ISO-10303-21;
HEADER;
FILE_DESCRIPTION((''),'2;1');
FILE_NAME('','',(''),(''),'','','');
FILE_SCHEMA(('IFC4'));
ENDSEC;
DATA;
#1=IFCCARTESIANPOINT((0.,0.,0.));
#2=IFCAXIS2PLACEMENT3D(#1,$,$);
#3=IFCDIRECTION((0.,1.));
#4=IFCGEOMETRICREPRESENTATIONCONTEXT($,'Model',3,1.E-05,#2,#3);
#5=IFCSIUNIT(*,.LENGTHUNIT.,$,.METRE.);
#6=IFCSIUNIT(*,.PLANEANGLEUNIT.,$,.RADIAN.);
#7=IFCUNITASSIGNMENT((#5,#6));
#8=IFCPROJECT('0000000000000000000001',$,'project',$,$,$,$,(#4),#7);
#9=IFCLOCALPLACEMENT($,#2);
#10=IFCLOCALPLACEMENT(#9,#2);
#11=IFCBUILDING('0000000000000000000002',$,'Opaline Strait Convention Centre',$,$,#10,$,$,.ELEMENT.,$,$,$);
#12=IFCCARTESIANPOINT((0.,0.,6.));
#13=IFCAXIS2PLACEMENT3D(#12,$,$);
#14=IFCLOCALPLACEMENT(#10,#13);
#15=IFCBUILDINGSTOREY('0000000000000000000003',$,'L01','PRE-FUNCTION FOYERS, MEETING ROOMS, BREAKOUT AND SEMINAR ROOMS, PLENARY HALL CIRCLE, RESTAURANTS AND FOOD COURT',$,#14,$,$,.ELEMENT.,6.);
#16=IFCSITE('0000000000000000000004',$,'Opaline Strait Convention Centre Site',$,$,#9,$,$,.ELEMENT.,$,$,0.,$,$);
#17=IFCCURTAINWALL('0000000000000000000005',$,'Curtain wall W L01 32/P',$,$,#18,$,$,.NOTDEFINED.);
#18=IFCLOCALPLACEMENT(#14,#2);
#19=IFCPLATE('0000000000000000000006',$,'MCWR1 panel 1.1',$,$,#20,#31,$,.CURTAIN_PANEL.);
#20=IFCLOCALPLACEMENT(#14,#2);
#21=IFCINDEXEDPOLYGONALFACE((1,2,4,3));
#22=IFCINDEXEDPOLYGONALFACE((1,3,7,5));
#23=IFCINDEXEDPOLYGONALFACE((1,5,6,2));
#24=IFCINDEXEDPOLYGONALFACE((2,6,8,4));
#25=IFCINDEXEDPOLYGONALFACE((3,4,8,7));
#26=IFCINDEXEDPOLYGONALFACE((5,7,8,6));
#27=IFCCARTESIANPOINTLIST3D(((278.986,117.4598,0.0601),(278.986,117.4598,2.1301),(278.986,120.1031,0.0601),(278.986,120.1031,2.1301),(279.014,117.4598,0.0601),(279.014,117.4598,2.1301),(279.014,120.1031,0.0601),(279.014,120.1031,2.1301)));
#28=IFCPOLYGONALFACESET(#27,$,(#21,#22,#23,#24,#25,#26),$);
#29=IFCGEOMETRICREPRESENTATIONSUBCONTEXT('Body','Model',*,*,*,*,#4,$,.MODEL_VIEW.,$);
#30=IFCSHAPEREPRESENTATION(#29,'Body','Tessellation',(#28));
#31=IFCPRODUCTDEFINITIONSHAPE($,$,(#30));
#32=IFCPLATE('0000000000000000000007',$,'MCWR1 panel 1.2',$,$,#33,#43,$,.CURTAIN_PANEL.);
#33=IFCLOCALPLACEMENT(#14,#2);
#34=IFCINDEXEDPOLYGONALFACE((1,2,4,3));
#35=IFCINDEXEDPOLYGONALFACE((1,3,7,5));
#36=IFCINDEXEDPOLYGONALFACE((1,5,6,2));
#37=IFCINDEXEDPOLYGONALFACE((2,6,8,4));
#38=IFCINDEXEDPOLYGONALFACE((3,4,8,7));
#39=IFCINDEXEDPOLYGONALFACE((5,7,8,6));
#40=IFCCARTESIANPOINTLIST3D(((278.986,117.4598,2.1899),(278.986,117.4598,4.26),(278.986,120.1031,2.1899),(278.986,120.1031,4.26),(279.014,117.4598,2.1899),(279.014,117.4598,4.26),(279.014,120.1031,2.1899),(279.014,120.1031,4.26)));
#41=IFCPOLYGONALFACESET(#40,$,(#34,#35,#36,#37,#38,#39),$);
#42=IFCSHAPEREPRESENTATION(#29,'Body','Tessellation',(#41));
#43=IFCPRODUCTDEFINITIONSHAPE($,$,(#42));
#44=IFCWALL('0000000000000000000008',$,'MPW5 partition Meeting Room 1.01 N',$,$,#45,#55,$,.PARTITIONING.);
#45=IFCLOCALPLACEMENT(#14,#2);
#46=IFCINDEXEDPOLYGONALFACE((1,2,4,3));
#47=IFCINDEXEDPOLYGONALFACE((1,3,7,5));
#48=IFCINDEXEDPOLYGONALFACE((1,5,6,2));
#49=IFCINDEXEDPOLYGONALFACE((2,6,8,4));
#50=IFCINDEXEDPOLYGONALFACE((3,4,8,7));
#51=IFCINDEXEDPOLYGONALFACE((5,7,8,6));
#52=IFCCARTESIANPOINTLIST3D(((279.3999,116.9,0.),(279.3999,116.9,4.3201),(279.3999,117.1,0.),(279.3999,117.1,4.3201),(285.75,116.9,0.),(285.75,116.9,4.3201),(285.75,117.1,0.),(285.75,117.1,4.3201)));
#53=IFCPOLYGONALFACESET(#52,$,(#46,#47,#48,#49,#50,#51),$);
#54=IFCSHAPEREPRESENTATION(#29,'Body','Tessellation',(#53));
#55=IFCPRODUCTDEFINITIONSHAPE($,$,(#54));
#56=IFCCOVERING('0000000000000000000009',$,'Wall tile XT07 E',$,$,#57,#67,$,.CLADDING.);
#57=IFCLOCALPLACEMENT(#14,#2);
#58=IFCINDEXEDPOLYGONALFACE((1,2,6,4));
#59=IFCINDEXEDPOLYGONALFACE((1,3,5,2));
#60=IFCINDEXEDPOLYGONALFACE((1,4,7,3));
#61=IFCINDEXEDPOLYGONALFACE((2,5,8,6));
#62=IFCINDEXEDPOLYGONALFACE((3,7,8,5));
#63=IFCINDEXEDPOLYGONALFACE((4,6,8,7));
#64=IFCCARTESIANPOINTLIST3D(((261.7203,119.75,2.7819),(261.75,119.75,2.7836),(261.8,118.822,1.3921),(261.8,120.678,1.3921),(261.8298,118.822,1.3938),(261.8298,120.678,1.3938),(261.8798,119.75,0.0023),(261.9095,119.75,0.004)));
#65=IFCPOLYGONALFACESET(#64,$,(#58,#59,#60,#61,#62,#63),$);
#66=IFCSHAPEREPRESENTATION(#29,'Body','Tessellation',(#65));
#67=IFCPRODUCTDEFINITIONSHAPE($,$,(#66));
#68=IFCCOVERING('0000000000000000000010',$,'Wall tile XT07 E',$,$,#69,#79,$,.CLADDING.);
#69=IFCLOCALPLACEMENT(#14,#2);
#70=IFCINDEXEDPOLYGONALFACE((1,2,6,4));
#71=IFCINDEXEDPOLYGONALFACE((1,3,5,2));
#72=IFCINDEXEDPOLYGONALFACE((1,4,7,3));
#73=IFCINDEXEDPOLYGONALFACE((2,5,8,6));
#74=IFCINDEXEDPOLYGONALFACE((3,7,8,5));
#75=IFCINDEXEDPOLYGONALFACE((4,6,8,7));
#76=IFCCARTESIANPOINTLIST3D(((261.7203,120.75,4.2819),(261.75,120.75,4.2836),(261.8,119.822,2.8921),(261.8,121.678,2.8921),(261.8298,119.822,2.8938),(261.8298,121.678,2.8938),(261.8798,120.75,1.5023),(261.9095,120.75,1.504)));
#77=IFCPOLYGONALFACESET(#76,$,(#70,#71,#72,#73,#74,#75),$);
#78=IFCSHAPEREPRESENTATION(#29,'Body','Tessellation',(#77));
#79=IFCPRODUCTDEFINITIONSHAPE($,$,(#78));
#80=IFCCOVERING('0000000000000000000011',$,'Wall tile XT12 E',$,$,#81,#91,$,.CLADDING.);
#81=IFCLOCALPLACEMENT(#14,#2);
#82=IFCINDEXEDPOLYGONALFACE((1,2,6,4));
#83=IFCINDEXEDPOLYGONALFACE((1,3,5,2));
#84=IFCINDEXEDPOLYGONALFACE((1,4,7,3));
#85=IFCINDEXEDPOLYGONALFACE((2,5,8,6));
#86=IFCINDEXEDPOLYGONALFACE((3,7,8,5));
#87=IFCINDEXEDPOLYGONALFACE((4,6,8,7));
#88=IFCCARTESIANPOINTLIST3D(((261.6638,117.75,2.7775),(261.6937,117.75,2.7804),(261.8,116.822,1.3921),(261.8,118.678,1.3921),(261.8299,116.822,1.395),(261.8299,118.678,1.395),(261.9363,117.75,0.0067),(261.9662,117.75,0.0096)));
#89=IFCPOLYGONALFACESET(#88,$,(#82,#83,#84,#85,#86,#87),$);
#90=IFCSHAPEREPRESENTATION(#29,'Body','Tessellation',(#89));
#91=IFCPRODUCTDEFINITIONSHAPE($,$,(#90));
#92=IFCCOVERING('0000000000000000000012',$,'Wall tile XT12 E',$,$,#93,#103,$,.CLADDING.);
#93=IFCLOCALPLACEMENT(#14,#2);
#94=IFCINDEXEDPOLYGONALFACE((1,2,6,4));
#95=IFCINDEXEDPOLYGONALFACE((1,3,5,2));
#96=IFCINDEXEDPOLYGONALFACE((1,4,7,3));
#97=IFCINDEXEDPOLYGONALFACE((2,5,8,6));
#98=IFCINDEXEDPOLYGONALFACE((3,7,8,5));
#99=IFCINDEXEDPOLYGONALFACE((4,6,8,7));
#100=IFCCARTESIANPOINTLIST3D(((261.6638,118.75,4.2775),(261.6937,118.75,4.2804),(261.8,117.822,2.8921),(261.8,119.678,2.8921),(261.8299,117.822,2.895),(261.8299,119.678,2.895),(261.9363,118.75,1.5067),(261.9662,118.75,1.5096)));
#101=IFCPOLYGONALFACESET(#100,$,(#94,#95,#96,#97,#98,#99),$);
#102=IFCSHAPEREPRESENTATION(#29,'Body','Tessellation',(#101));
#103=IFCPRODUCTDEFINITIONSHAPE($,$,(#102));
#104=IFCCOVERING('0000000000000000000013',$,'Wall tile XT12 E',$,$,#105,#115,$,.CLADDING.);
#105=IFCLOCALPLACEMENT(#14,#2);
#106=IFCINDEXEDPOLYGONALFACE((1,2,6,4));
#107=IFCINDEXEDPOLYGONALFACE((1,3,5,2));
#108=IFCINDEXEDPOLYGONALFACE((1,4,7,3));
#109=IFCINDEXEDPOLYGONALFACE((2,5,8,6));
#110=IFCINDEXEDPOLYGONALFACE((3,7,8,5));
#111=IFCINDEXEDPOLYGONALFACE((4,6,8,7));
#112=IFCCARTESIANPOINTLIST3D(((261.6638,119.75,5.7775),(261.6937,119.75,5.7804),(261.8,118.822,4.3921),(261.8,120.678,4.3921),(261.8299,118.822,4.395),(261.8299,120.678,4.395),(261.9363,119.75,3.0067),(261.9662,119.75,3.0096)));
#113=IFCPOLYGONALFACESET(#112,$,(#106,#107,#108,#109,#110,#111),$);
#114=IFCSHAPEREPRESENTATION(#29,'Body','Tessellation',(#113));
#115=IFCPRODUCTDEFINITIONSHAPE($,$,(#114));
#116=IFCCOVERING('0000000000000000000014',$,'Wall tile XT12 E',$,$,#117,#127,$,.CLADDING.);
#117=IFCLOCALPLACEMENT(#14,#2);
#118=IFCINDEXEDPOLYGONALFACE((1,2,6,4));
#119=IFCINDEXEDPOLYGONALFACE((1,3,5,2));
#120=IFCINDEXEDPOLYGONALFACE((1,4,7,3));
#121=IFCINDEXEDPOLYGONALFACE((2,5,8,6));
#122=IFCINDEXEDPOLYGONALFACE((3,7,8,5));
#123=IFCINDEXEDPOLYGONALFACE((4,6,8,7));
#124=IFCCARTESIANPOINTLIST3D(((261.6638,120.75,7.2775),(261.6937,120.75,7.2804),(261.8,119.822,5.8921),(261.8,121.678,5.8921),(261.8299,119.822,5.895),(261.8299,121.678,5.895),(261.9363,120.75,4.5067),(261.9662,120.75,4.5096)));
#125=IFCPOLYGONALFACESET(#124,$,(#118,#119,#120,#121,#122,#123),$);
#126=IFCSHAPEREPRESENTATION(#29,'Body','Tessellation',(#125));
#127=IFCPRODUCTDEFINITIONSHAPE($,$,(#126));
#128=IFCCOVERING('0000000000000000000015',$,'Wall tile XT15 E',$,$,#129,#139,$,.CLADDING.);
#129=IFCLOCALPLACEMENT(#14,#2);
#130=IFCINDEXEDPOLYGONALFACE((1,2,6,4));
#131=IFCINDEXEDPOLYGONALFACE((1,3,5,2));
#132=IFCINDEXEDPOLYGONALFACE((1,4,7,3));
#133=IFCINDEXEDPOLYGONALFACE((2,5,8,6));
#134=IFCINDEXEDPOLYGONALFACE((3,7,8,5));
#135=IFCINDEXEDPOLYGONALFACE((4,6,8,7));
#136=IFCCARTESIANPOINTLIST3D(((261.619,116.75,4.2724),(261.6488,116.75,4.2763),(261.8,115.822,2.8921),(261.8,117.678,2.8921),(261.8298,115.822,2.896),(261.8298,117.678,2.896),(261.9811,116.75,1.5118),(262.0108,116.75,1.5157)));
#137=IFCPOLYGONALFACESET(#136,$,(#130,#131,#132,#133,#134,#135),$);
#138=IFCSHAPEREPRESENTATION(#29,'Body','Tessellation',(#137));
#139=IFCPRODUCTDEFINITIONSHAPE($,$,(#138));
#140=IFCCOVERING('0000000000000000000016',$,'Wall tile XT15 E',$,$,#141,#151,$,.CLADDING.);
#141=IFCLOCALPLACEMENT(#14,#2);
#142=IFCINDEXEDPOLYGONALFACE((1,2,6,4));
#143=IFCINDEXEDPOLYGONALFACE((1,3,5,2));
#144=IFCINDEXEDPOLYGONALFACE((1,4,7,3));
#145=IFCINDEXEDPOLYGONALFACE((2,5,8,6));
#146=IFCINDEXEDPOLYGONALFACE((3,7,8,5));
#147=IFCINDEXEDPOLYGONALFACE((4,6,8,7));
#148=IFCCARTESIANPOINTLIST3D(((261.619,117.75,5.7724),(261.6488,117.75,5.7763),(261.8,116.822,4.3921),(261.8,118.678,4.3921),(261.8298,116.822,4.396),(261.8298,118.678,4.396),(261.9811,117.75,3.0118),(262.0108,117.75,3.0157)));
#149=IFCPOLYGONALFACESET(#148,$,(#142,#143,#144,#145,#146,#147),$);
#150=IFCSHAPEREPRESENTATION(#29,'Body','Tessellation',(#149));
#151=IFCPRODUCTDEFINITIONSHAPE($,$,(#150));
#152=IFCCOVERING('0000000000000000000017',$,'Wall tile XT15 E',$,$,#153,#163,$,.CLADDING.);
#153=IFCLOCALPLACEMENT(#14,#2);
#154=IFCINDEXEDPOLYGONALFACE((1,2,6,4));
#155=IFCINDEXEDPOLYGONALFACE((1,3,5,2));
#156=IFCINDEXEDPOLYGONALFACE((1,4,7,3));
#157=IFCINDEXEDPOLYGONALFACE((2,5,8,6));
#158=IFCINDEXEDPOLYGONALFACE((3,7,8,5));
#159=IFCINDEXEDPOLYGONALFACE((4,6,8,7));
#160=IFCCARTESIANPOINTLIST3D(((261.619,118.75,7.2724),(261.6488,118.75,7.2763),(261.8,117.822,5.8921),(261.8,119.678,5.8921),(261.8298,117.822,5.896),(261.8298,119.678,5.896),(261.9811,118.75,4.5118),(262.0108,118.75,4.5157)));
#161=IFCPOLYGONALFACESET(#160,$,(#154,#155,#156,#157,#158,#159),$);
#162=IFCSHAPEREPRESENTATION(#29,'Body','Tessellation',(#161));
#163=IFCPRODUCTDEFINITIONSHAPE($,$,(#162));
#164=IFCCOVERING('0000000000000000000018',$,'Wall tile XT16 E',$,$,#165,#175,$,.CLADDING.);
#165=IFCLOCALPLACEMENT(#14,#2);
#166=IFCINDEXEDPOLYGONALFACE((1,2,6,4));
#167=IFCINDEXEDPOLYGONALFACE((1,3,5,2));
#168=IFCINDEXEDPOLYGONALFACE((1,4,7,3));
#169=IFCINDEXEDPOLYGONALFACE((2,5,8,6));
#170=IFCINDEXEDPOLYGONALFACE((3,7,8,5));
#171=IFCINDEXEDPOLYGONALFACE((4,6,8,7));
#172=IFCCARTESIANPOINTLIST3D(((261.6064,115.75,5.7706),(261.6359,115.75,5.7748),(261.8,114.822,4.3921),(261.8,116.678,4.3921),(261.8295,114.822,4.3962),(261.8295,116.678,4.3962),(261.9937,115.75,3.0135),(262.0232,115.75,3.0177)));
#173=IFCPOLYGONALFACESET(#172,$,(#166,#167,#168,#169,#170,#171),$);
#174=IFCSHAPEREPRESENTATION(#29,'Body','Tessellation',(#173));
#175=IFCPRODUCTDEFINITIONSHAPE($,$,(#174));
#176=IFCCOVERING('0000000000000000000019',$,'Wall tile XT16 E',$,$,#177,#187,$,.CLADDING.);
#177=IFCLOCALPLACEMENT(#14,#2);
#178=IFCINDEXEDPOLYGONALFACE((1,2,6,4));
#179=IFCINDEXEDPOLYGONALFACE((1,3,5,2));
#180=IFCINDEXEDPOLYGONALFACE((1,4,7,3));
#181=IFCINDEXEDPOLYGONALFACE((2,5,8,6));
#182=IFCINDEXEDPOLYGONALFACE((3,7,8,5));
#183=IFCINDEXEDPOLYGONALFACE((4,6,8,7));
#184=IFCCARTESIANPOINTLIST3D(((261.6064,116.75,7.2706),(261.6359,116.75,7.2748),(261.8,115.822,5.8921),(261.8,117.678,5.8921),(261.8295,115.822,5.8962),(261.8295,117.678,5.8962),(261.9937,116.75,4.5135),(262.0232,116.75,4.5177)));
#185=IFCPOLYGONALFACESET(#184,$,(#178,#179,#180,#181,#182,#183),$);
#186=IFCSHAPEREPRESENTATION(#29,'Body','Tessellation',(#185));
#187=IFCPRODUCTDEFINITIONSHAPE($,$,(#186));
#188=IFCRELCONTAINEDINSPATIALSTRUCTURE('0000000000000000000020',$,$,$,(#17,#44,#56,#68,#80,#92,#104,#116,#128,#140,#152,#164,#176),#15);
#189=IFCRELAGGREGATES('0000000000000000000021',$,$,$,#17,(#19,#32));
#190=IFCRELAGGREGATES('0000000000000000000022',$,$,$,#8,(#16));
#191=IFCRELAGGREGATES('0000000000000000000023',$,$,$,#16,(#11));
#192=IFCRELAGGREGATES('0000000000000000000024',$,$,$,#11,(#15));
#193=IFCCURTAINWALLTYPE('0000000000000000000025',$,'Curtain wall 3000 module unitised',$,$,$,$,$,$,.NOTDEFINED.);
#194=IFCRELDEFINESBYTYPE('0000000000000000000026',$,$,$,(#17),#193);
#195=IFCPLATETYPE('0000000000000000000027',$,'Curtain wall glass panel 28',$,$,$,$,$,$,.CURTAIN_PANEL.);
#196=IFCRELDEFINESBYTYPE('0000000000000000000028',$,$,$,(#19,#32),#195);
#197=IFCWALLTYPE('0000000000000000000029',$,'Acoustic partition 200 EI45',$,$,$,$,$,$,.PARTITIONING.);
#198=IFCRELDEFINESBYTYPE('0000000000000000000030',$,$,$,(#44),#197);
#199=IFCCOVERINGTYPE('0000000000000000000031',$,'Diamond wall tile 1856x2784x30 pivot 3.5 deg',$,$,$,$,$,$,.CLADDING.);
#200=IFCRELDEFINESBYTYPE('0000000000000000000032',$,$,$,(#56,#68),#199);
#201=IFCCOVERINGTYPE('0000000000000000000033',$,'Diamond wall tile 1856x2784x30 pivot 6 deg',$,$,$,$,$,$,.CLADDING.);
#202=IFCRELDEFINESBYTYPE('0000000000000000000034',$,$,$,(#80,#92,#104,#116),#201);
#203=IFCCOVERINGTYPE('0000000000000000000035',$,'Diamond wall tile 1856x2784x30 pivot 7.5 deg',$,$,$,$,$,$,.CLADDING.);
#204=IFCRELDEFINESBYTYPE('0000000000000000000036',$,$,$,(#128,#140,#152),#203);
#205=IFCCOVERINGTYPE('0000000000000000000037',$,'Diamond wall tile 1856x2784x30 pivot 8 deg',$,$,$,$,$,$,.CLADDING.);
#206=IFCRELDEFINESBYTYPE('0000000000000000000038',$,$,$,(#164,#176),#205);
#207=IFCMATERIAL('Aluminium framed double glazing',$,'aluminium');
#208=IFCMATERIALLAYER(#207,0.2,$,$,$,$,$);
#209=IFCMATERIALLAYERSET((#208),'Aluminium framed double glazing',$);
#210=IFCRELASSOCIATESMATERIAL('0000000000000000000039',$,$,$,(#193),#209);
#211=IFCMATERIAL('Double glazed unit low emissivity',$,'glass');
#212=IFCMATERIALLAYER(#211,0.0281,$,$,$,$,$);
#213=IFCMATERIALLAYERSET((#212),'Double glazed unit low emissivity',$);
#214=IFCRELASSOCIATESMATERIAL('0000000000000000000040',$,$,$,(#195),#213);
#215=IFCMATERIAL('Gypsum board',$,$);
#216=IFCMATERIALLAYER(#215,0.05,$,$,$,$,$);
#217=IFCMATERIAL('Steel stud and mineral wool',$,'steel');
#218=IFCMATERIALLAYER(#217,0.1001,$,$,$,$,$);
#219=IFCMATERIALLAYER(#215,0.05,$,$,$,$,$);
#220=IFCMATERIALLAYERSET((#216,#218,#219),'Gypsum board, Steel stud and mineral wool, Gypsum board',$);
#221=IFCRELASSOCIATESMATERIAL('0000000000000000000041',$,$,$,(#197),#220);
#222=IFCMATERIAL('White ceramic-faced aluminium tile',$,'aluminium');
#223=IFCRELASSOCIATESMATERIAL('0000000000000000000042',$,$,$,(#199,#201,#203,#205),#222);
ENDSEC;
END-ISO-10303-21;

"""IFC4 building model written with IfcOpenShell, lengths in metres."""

from ifc_helpers import new_model, si_unit, direction, frame, frame_2d, origin, origin_2d, place, context, subcontext, project, spatial, polyline, rectangle, outline, extrude, material, layer, layer_set, material_profile, profile_set, type_object, element, aggregate, save


model = new_model("IFC4")

# Units and contexts
model_context = context("Model", 3, precision=1e-05, world=origin(), true_north=direction((0.0, 1.0)))
body_context = subcontext(model_context, "Body", "Model", "MODEL_VIEW")
ifc_project = project(units=[si_unit("LENGTHUNIT", "METRE"), si_unit("PLANEANGLEUNIT", "RADIAN")], contexts=[model_context])

# Site, building, storey
site_placement = place(None, origin())
site = spatial("IfcSite", under=ifc_project, at=site_placement, Name="Opaline Strait Convention Centre Site", CompositionType="ELEMENT", RefElevation=0.0)
building_placement = place(site_placement, origin())
building = spatial("IfcBuilding", under=site, at=building_placement, Name="Opaline Strait Convention Centre", CompositionType="ELEMENT")
storey_placement = place(building_placement, frame((0.0, 0.0, 6.0)))
storey = spatial("IfcBuildingStorey", under=building, at=storey_placement, Name="L01", Description="PRE-FUNCTION FOYERS, MEETING ROOMS, BREAKOUT AND SEMINAR ROOMS, PLENARY HALL CIRCLE, RESTAURANTS AND FOOD COURT", CompositionType="ELEMENT", Elevation=6.0)

# Curtain wall
ifc_material_1 = material(Name="Aluminium framed double glazing", Category="aluminium")
ifc_layer_1 = layer(ifc_material_1, 0.2)
ifc_layer_set_1 = layer_set([ifc_layer_1], Name="Aluminium framed double glazing")
curtain_wall_type = type_object("IfcCurtainWallType", Name="Curtain wall 3000 module unitised", PredefinedType="NOTDEFINED", material=ifc_layer_set_1)
curtain_wall_placement = place(storey_placement, origin())
curtain_wall = element("IfcCurtainWall", 1, at=curtain_wall_placement, inside=storey, type_object=curtain_wall_type, Name="Curtain wall W L01 32/P", PredefinedType="NOTDEFINED")

# Plates
ifc_material_2 = material(Name="Double glazed unit low emissivity", Category="glass")
ifc_layer_2 = layer(ifc_material_2, 0.0281)
ifc_layer_set_2 = layer_set([ifc_layer_2], Name="Double glazed unit low emissivity")
plate_type = type_object("IfcPlateType", Name="Curtain wall glass panel 28", PredefinedType="CURTAIN_PANEL", material=ifc_layer_set_2)
plate_1_placement = place(storey_placement, frame((279.0, 118.7815, 0.0601), z_axis=(0.0, 0.0, 1.0), x_axis=(0.0, 1.0, 0.0)))
plate_1 = element("IfcPlate", 2, at=plate_1_placement, type_object=plate_type, Name="MCWR1 panel 1.1", PredefinedType="CURTAIN_PANEL", context=body_context, shape_type="SweptSolid", body=[
    extrude(rectangle(XDim=2.6433, YDim=0.0281, at=origin_2d()), origin(), (0.0, 0.0, 1.0), 2.0701),
])
plate_2_placement = place(storey_placement, frame((279.0, 118.7815, 2.1899), z_axis=(0.0, 0.0, 1.0), x_axis=(0.0, 1.0, 0.0)))
plate_2 = element("IfcPlate", 3, at=plate_2_placement, type_object=plate_type, Name="MCWR1 panel 1.2", PredefinedType="CURTAIN_PANEL", context=body_context, shape_type="SweptSolid", body=[
    extrude(rectangle(XDim=2.6433, YDim=0.0281, at=origin_2d()), origin(), (0.0, 0.0, 1.0), 2.0701),
])
aggregate(curtain_wall, [plate_1, plate_2])

# Wall
ifc_material_3 = material(Name="Gypsum board")
ifc_layer_3 = layer(ifc_material_3, 0.05)
ifc_material_4 = material(Name="Steel stud and mineral wool", Category="steel")
ifc_layer_4 = layer(ifc_material_4, 0.1001)
ifc_layer_5 = layer(ifc_material_3, 0.05)
ifc_layer_set_3 = layer_set([ifc_layer_3, ifc_layer_4, ifc_layer_5], Name="Gypsum board, Steel stud and mineral wool, Gypsum board")
wall_type = type_object("IfcWallType", Name="Acoustic partition 200 EI45", PredefinedType="PARTITIONING", material=ifc_layer_set_3)
wall_placement = place(storey_placement, frame((279.3999, 117.0, 0.0), z_axis=(0.0, 0.0, 1.0), x_axis=(1.0, 0.0, 0.0)))
element("IfcWall", 4, at=wall_placement, inside=storey, type_object=wall_type, Name="MPW5 partition Meeting Room 1.01 N", PredefinedType="PARTITIONING", context=body_context, shape_type="SweptSolid", body=[
    extrude(rectangle(XDim=6.3501, YDim=0.2, at=frame_2d((3.175, 0.0))), origin(), (0.0, 0.0, 1.0), 4.3201),
])

# Coverings
ifc_material_5 = material(Name="White ceramic-faced aluminium tile", Category="aluminium")
ifc_material_profile_1 = material_profile(ifc_material_5, outline(polyline([(0.928, 0.0), (0.0, 1.3921), (-0.928, 0.0), (0.0, -1.3921), (0.928, 0.0)])), Name="Diamond tile 1856x2784")
ifc_profile_set_1 = profile_set([ifc_material_profile_1], Name="White ceramic-faced aluminium tile")
covering_type_1 = type_object("IfcCoveringType", Name="Diamond wall tile 1856x2784x30 pivot 3.5 deg", PredefinedType="CLADDING", material=ifc_profile_set_1)
for number, where, z_axis, x_axis, name in (
    (5, (261.8, 119.75, 1.3921), (0.998358, 0.0, 0.057283), (0.0, 1.0, 0.0), "Wall tile XT07 E"),
    (6, (261.8, 120.75, 2.8921), (0.998358, 0.0, 0.057283), (0.0, 1.0, 0.0), "Wall tile XT07 E"),
):
    element("IfcCovering", number, at=place(storey_placement, frame(where, z_axis=z_axis, x_axis=x_axis)), inside=storey, type_object=covering_type_1, Name=name, PredefinedType="CLADDING", context=body_context, shape_type="SweptSolid", body=[
        extrude(outline(polyline([(0.928, 0.0), (0.0, 1.3921), (-0.928, 0.0), (0.0, -1.3921), (0.928, 0.0)])), origin(), (0.0, 0.0, 1.0), 0.0298),
    ])
ifc_material_profile_2 = material_profile(ifc_material_5, outline(polyline([(0.928, 0.0), (0.0, 1.3921), (-0.928, 0.0), (0.0, -1.3921), (0.928, 0.0)])), Name="Diamond tile 1856x2784")
ifc_profile_set_2 = profile_set([ifc_material_profile_2], Name="White ceramic-faced aluminium tile")
covering_type_2 = type_object("IfcCoveringType", Name="Diamond wall tile 1856x2784x30 pivot 6 deg", PredefinedType="CLADDING", material=ifc_profile_set_2)
for number, where, z_axis, x_axis, name in (
    (7, (261.8, 117.75, 1.3921), (0.995197, 0.0, 0.097888), (0.0, 1.0, 0.0), "Wall tile XT12 E"),
    (8, (261.8, 118.75, 2.8921), (0.995197, 0.0, 0.097888), (0.0, 1.0, 0.0), "Wall tile XT12 E"),
    (9, (261.8, 119.75, 4.3921), (0.995197, 0.0, 0.097888), (0.0, 1.0, 0.0), "Wall tile XT12 E"),
    (10, (261.8, 120.75, 5.8921), (0.995197, 0.0, 0.097888), (0.0, 1.0, 0.0), "Wall tile XT12 E"),
):
    element("IfcCovering", number, at=place(storey_placement, frame(where, z_axis=z_axis, x_axis=x_axis)), inside=storey, type_object=covering_type_2, Name=name, PredefinedType="CLADDING", context=body_context, shape_type="SweptSolid", body=[
        extrude(outline(polyline([(0.928, 0.0), (0.0, 1.3921), (-0.928, 0.0), (0.0, -1.3921), (0.928, 0.0)])), origin(), (0.0, 0.0, 1.0), 0.03),
    ])
ifc_material_profile_3 = material_profile(ifc_material_5, outline(polyline([(0.928, 0.0), (0.0, 1.3921), (-0.928, 0.0), (0.0, -1.3921), (0.928, 0.0)])), Name="Diamond tile 1856x2784")
ifc_profile_set_3 = profile_set([ifc_material_profile_3], Name="White ceramic-faced aluminium tile")
covering_type_3 = type_object("IfcCoveringType", Name="Diamond wall tile 1856x2784x30 pivot 7.5 deg", PredefinedType="CLADDING", material=ifc_profile_set_3)
for number, where, z_axis, x_axis, name in (
    (11, (261.8, 116.75, 2.8921), (0.99151, 0.0, 0.130034), (0.0, 1.0, 0.0), "Wall tile XT15 E"),
    (12, (261.8, 117.75, 4.3921), (0.99151, 0.0, 0.130034), (0.0, 1.0, 0.0), "Wall tile XT15 E"),
    (13, (261.8, 118.75, 5.8921), (0.99151, 0.0, 0.130034), (0.0, 1.0, 0.0), "Wall tile XT15 E"),
):
    element("IfcCovering", number, at=place(storey_placement, frame(where, z_axis=z_axis, x_axis=x_axis)), inside=storey, type_object=covering_type_3, Name=name, PredefinedType="CLADDING", context=body_context, shape_type="SweptSolid", body=[
        extrude(outline(polyline([(0.928, 0.0), (0.0, 1.3921), (-0.928, 0.0), (0.0, -1.3921), (0.928, 0.0)])), origin(), (0.0, 0.0, 1.0), 0.03),
    ])
ifc_material_profile_4 = material_profile(ifc_material_5, outline(polyline([(0.928, 0.0), (0.0, 1.3921), (-0.928, 0.0), (0.0, -1.3921), (0.928, 0.0)])), Name="Diamond tile 1856x2784")
ifc_profile_set_4 = profile_set([ifc_material_profile_4], Name="White ceramic-faced aluminium tile")
covering_type_4 = type_object("IfcCoveringType", Name="Diamond wall tile 1856x2784x30 pivot 8 deg", PredefinedType="CLADDING", material=ifc_profile_set_4)
for number, where, z_axis, x_axis, name in (
    (14, (261.8, 115.75, 4.3921), (0.990274, 0.0, 0.139129), (0.0, 1.0, 0.0), "Wall tile XT16 E"),
    (15, (261.8, 116.75, 5.8921), (0.990274, 0.0, 0.139129), (0.0, 1.0, 0.0), "Wall tile XT16 E"),
):
    element("IfcCovering", number, at=place(storey_placement, frame(where, z_axis=z_axis, x_axis=x_axis)), inside=storey, type_object=covering_type_4, Name=name, PredefinedType="CLADDING", context=body_context, shape_type="SweptSolid", body=[
        extrude(outline(polyline([(0.928, 0.0), (0.0, 1.3921), (-0.928, 0.0), (0.0, -1.3921), (0.928, 0.0)])), origin(), (0.0, 0.0, 1.0), 0.0298),
    ])

save(model, "model.ifc")
